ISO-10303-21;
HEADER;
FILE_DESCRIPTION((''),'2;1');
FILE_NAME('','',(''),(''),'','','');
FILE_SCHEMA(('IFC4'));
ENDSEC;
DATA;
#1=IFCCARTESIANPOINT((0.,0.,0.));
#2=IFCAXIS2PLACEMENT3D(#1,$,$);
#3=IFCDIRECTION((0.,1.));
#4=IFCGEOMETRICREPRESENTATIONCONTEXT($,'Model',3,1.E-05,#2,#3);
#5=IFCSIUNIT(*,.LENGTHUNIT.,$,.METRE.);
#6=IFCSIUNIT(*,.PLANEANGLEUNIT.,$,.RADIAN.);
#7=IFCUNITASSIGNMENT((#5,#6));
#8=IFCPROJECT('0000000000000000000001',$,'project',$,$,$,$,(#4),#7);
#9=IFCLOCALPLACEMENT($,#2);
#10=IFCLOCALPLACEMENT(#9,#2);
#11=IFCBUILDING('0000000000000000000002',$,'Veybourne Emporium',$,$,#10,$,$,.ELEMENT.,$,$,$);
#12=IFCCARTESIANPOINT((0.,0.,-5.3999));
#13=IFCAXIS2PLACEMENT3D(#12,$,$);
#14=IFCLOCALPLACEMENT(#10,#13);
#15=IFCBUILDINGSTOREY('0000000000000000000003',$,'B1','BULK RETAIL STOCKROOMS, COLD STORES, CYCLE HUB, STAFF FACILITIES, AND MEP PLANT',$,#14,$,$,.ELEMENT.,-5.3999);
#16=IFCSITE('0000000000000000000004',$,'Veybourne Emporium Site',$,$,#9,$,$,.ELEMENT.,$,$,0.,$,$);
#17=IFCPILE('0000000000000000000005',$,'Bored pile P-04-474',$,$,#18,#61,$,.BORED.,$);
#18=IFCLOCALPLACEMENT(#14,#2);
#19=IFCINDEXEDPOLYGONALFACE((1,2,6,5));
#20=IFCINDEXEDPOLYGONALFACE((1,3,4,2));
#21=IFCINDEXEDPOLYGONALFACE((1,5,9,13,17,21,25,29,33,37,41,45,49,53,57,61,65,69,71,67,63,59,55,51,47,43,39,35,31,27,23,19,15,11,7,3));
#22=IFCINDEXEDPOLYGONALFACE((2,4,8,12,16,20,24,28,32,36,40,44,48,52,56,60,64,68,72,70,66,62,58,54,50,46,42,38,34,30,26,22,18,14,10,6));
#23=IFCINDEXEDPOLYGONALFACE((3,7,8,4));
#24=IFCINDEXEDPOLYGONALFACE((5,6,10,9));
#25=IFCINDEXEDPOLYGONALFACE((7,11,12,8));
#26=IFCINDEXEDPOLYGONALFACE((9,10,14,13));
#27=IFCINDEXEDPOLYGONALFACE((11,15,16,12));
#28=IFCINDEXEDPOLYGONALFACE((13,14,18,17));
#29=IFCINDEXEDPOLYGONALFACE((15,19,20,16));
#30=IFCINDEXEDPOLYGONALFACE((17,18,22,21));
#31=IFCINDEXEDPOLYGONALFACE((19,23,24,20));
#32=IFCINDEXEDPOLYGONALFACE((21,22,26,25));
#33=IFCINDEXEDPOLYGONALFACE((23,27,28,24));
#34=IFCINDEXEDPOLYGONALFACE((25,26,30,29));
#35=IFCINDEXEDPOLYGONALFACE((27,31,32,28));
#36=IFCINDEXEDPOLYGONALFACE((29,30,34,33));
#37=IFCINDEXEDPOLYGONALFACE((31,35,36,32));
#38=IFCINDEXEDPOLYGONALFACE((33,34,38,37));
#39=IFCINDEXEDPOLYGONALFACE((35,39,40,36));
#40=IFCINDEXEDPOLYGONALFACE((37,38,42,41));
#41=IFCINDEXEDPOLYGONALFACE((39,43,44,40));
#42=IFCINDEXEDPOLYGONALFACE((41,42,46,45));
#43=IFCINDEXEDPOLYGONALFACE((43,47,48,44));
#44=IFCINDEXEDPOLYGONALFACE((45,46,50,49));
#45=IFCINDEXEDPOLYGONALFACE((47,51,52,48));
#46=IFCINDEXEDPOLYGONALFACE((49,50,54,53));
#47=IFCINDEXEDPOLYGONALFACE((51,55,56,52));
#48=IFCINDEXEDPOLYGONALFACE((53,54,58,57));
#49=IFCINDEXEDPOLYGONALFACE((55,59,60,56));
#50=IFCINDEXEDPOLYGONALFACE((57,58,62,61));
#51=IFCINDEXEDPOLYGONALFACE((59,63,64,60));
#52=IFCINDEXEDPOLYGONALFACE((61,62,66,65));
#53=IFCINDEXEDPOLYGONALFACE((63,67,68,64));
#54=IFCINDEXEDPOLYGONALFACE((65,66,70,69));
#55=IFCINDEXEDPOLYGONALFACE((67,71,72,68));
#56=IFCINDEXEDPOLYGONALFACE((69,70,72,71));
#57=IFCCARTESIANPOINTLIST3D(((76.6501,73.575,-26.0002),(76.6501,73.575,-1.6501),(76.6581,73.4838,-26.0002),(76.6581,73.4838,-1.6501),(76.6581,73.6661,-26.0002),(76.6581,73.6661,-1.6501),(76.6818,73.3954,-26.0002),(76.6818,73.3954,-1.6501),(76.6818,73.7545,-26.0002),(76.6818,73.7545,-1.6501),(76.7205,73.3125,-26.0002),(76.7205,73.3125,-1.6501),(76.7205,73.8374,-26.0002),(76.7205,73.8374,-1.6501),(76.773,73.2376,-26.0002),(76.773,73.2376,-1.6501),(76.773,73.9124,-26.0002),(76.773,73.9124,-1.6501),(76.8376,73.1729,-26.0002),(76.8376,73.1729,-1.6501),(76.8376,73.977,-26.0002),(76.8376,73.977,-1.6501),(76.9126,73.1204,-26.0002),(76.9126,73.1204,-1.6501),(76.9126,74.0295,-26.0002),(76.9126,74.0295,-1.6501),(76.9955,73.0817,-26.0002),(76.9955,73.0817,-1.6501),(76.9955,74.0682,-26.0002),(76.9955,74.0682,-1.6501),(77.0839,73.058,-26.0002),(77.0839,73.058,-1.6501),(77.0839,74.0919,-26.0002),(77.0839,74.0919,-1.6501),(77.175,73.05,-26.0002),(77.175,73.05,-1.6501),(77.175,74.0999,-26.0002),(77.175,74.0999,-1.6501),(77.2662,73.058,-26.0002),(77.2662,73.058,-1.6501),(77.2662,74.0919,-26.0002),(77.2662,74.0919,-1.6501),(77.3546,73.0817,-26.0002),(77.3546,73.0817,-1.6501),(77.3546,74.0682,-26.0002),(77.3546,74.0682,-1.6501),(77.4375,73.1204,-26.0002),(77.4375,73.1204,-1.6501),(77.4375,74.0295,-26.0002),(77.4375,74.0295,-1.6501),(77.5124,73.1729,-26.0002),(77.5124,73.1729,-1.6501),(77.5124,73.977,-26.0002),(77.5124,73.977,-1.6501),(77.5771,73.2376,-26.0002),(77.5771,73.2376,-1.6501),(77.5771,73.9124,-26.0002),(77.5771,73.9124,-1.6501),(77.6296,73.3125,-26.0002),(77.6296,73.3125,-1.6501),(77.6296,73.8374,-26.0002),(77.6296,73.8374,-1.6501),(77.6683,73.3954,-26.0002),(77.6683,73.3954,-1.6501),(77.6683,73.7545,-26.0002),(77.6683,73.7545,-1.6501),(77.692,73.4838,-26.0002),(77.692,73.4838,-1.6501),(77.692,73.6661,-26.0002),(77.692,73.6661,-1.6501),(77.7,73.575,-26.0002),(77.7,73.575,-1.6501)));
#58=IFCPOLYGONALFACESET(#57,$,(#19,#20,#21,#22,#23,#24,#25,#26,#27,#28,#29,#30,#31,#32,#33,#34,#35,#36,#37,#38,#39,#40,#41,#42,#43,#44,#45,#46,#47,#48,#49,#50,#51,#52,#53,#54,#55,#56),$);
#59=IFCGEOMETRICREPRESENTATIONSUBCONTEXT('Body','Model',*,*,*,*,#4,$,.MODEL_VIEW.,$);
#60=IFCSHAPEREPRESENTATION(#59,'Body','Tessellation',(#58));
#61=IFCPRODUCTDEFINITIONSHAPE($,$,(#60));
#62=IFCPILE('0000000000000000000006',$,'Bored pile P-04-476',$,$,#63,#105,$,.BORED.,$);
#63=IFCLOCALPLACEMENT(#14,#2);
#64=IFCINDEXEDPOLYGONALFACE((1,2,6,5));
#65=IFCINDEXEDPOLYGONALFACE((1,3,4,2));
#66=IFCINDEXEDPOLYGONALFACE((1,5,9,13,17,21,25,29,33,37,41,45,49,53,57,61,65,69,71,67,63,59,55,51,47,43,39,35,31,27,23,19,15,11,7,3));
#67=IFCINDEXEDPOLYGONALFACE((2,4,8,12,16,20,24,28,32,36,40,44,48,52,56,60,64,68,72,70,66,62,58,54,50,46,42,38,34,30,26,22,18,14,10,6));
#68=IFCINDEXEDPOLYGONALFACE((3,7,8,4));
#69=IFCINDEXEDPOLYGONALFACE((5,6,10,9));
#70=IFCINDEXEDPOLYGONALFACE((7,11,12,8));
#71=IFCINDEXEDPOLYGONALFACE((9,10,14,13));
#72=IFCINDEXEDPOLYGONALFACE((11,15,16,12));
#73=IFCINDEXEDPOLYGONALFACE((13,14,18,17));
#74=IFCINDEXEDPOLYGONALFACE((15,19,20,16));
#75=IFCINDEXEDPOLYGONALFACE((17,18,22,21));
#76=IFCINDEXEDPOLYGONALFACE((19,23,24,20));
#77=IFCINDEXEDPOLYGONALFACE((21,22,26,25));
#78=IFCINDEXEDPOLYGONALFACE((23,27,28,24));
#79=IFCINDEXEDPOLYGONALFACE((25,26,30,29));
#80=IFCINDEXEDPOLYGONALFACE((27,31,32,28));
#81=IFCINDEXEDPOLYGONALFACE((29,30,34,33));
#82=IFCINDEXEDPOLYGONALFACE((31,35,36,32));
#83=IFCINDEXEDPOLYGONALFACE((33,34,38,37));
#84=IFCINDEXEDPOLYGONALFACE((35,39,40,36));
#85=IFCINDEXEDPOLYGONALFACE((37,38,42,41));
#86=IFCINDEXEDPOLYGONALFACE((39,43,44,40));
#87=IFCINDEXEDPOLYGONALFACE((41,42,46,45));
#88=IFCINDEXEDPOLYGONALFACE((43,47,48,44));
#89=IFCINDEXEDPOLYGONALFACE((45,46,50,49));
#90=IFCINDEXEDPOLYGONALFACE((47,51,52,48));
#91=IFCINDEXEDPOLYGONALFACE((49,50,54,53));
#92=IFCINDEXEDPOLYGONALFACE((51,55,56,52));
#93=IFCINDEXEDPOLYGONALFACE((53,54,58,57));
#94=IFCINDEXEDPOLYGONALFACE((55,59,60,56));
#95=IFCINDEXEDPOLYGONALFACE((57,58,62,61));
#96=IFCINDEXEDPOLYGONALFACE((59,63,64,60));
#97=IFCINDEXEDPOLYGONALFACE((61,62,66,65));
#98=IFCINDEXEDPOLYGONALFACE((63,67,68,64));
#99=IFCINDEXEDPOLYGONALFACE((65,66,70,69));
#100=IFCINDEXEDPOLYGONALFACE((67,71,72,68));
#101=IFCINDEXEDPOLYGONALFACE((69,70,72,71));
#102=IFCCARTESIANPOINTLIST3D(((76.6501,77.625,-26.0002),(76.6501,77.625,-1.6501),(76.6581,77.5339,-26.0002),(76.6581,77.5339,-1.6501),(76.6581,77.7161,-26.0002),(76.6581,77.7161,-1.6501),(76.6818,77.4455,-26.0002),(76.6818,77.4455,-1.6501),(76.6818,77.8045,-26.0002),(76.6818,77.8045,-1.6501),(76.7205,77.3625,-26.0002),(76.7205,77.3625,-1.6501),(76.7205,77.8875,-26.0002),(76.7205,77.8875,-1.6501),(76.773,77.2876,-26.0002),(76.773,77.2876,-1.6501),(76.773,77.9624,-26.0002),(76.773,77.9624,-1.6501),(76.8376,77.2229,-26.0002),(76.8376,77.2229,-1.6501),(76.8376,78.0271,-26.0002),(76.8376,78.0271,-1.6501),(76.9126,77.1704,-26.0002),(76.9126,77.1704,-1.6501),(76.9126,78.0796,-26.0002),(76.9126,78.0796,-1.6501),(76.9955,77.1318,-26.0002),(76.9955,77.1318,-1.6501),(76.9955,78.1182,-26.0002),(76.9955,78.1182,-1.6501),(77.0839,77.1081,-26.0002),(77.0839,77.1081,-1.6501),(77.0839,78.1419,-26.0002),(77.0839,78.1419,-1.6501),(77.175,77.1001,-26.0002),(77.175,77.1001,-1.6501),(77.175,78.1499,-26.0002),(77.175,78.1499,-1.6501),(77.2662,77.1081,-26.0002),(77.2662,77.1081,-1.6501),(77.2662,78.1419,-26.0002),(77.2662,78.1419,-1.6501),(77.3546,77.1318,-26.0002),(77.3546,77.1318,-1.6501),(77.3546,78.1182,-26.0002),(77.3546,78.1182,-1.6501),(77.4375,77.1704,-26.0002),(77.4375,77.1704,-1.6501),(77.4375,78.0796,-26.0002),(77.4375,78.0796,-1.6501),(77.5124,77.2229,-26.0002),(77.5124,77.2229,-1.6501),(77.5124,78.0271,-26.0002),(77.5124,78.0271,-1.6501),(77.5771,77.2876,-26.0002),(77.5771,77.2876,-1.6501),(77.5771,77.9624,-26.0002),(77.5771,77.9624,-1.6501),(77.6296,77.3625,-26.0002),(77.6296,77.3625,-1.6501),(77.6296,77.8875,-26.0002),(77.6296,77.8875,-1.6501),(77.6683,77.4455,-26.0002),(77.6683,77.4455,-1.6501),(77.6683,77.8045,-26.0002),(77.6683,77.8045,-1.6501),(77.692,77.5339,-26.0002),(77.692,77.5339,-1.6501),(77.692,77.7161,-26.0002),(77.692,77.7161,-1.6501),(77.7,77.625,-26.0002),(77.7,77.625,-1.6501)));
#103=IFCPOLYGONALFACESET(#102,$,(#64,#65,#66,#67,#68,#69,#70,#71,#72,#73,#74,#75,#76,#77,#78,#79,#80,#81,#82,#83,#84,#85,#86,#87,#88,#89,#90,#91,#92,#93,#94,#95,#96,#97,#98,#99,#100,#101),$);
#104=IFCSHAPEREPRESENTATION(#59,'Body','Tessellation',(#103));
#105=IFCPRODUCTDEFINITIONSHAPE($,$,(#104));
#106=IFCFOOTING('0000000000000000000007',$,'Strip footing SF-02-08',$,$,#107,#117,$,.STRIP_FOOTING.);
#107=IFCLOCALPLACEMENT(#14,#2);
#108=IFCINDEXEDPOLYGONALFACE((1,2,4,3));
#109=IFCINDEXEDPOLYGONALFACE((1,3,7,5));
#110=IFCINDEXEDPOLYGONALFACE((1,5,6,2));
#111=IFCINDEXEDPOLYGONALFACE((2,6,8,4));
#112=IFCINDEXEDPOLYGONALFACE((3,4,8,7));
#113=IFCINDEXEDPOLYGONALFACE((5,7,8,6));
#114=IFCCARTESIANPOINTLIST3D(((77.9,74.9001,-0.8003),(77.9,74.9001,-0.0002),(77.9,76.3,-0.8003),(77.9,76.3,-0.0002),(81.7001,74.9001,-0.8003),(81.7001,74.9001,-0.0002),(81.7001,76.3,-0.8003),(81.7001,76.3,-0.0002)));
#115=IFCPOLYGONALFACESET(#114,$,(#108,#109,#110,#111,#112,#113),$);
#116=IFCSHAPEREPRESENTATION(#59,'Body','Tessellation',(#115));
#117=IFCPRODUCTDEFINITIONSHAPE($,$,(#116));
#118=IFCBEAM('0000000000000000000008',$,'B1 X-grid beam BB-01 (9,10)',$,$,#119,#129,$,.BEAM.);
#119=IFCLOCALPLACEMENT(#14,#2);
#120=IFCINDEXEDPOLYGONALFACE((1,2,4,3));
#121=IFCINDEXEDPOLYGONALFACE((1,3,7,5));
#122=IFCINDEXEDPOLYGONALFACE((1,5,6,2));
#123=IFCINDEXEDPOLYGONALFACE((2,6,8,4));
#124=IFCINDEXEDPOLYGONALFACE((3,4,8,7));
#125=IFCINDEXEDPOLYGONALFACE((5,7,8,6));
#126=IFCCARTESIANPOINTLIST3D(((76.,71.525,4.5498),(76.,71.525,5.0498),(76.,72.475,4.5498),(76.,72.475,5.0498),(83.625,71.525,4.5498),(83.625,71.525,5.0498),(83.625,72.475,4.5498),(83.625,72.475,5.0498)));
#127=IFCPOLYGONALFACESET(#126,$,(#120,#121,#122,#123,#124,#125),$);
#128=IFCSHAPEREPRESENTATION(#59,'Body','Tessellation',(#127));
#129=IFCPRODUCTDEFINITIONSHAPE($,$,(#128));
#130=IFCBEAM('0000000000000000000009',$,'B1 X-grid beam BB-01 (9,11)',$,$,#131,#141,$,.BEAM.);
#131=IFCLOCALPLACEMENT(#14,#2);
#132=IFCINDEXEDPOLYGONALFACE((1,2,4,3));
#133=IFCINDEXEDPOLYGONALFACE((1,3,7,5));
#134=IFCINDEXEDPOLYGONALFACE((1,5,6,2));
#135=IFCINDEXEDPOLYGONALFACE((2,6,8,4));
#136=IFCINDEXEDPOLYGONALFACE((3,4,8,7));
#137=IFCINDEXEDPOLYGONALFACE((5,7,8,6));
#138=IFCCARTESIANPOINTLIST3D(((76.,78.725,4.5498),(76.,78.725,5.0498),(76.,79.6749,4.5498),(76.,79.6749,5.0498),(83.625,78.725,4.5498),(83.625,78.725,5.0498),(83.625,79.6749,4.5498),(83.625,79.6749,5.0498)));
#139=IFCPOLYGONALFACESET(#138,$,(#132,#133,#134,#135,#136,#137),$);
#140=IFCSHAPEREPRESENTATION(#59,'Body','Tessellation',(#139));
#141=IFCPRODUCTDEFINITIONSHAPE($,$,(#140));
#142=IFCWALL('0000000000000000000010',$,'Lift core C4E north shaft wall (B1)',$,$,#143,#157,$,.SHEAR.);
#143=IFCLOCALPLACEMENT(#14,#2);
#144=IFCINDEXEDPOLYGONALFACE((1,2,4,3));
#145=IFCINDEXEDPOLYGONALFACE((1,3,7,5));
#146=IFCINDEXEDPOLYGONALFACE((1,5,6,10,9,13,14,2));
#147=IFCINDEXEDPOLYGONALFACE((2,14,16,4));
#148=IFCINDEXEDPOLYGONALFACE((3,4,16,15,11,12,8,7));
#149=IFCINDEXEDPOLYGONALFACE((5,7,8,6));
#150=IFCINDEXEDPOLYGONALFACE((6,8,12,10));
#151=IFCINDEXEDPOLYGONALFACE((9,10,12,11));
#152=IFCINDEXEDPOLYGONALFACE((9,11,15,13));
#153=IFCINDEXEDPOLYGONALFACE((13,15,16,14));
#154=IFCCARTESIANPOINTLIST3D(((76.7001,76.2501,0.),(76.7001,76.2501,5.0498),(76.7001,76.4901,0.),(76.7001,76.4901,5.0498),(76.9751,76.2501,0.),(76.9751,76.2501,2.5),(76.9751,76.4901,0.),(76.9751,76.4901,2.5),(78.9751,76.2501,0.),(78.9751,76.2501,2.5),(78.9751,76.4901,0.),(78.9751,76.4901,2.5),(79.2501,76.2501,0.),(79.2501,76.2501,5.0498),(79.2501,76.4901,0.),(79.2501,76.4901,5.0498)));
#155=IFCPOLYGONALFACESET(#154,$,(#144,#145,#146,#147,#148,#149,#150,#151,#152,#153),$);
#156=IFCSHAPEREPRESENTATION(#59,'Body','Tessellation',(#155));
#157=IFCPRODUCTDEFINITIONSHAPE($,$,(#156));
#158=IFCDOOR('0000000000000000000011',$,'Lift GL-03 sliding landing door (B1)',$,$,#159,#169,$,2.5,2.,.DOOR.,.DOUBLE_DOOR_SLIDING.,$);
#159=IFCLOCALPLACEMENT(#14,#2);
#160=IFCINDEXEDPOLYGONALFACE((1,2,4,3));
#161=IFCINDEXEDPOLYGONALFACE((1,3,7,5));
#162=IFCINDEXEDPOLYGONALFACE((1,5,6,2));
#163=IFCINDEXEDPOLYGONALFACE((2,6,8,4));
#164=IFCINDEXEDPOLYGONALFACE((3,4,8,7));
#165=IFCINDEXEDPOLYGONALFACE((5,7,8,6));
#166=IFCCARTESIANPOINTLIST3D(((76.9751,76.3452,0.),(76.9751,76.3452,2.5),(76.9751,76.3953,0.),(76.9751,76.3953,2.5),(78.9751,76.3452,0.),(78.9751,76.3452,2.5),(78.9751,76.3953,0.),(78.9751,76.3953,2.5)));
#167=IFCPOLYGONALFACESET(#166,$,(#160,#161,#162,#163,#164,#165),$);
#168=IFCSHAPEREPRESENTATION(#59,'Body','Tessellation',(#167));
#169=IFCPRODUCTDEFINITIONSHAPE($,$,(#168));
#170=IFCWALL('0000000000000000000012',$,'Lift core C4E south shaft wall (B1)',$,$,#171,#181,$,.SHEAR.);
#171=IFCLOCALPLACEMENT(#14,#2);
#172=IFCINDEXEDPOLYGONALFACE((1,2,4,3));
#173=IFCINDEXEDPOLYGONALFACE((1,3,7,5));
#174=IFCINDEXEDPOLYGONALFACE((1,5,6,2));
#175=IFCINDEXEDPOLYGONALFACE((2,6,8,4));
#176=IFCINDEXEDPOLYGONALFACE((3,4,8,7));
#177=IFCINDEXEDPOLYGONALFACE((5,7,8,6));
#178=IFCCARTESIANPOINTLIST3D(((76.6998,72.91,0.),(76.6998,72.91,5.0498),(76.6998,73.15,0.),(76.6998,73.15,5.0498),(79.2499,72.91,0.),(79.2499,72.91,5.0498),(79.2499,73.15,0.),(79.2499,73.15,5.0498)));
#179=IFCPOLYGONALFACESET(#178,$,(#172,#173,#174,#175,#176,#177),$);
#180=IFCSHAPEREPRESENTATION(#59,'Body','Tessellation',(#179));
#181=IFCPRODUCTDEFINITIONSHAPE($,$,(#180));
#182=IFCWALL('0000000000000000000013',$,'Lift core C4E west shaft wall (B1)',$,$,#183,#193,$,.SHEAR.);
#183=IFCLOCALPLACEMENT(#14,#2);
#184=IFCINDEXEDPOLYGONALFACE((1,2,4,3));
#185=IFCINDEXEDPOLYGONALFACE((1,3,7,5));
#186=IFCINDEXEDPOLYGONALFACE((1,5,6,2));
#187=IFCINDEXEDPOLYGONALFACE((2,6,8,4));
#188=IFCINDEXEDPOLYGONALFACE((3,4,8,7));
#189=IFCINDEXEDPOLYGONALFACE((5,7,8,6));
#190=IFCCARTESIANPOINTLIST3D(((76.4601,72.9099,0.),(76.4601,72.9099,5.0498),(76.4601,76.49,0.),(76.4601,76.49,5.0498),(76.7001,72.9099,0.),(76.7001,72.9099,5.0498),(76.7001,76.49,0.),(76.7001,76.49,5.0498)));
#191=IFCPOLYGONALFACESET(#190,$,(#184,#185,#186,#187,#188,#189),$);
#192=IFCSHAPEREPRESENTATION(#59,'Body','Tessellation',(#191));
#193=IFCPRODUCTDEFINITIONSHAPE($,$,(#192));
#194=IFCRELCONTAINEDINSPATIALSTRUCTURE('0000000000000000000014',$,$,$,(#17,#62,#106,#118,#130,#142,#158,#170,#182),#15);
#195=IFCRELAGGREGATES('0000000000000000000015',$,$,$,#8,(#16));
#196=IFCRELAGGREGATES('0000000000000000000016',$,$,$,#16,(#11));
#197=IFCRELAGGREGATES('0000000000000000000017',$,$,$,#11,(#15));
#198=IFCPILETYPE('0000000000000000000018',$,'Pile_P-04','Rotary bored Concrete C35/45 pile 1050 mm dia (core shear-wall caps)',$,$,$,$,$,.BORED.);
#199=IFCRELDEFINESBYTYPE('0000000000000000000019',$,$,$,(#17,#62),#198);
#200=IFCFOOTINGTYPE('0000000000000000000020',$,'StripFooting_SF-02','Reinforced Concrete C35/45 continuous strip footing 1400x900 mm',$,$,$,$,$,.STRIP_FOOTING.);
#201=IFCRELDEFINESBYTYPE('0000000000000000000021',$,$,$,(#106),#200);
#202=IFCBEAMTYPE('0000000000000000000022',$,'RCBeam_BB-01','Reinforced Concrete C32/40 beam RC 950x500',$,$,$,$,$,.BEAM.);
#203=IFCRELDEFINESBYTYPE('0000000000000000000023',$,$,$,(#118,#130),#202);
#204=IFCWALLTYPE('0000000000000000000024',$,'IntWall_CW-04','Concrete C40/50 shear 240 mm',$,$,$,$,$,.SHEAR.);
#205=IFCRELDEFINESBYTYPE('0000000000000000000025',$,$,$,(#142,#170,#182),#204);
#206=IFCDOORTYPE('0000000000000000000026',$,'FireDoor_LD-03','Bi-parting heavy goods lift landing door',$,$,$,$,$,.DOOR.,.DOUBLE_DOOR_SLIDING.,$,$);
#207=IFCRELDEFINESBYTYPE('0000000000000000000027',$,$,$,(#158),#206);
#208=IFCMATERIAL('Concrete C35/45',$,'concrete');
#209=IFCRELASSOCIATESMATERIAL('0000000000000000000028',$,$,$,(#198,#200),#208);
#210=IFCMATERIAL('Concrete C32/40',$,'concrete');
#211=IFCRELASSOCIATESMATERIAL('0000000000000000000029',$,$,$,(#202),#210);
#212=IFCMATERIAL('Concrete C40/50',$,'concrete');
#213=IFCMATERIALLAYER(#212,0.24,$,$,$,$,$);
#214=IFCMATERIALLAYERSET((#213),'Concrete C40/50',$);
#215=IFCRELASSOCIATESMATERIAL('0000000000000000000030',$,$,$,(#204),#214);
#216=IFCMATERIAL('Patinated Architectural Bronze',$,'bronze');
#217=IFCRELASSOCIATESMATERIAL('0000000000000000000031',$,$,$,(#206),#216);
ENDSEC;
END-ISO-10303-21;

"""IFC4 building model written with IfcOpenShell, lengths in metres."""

from ifc_helpers import new_model, si_unit, direction, frame, frame_2d, origin, origin_2d, place, context, subcontext, project, spatial, rectangle, circle, extrude, material, layer, layer_set, material_profile, profile_set, type_object, element, fill, save


model = new_model("IFC4")

# Units and contexts
model_context = context("Model", 3, precision=1e-05, world=origin(), true_north=direction((0.0, 1.0)))
body_context = subcontext(model_context, "Body", "Model", "MODEL_VIEW")
ifc_project = project(units=[si_unit("LENGTHUNIT", "METRE"), si_unit("PLANEANGLEUNIT", "RADIAN")], contexts=[model_context])

# Site, building, storey
site_placement = place(None, origin())
site = spatial("IfcSite", under=ifc_project, at=site_placement, Name="Veybourne Emporium Site", CompositionType="ELEMENT", RefElevation=0.0)
building_placement = place(site_placement, origin())
building = spatial("IfcBuilding", under=site, at=building_placement, Name="Veybourne Emporium", CompositionType="ELEMENT")
storey_placement = place(building_placement, frame((0.0, 0.0, -5.3999)))
storey = spatial("IfcBuildingStorey", under=building, at=storey_placement, Name="B1", Description="BULK RETAIL STOCKROOMS, COLD STORES, CYCLE HUB, STAFF FACILITIES, AND MEP PLANT", CompositionType="ELEMENT", Elevation=-5.3999)

# Shared definitions
ifc_material_1 = material(Name="Concrete C35/45", Category="concrete")

# Piles
ifc_material_profile_1 = material_profile(ifc_material_1, circle(Radius=0.5249, at=origin_2d()), Name="BORED PILE 1050")
ifc_profile_set_1 = profile_set([ifc_material_profile_1], Name="Concrete C35/45")
pile_type_1 = type_object("IfcPileType", Name="Pile_P-04", Description="Rotary bored Concrete C35/45 pile 1050 mm dia (core shear-wall caps)", PredefinedType="BORED", material=ifc_profile_set_1)
for number, where, z_axis, x_axis, name in (
    (1, (77.175, 73.575, -1.6501), (0.0, 0.0, -1.0), (1.0, 0.0, 0.0), "Bored pile P-04-474"),
    (2, (77.175, 77.625, -1.6501), (0.0, 0.0, -1.0), (1.0, 0.0, 0.0), "Bored pile P-04-476"),
):
    element("IfcPile", number, at=place(storey_placement, frame(where, z_axis=z_axis, x_axis=x_axis)), inside=storey, type_object=pile_type_1, Name=name, PredefinedType="BORED", context=body_context, shape_type="SweptSolid", body=[
        extrude(circle(Radius=0.5249, at=origin_2d()), origin(), (0.0, 0.0, 1.0), 24.3501),
    ])

# Footing
footing_type_1 = type_object("IfcFootingType", Name="StripFooting_SF-02", Description="Reinforced Concrete C35/45 continuous strip footing 1400x900 mm", PredefinedType="STRIP_FOOTING", material=ifc_material_1)
footing_placement = place(storey_placement, frame((79.8, 75.6001, -0.8003), z_axis=(0.0, 0.0, 1.0), x_axis=(1.0, 0.0, 0.0)))
element("IfcFooting", 3, at=footing_placement, inside=storey, type_object=footing_type_1, Name="Strip footing SF-02-08", PredefinedType="STRIP_FOOTING", context=body_context, shape_type="SweptSolid", body=[
    extrude(rectangle(XDim=3.8, YDim=1.3999, at=origin_2d()), origin(), (0.0, 0.0, 1.0), 0.8),
])

# Beams
ifc_material_2 = material(Name="Concrete C32/40", Category="concrete")
ifc_material_profile_2 = material_profile(ifc_material_2, rectangle(XDim=0.95, YDim=0.5, at=origin_2d()), Name="RC 950x500")
ifc_profile_set_2 = profile_set([ifc_material_profile_2], Name="Concrete C32/40")
beam_type = type_object("IfcBeamType", Name="RCBeam_BB-01", Description="Reinforced Concrete C32/40 beam RC 950x500", PredefinedType="BEAM", material=ifc_profile_set_2)
for number, where, z_axis, x_axis, name in (
    (4, (76.0, 72.0, 4.7998), (1.0, 0.0, 0.0), (0.0, 1.0, 0.0), "B1 X-grid beam BB-01 (9,10)"),
    (5, (76.0, 79.2, 4.7998), (1.0, 0.0, 0.0), (0.0, 1.0, 0.0), "B1 X-grid beam BB-01 (9,11)"),
):
    element("IfcBeam", number, at=place(storey_placement, frame(where, z_axis=z_axis, x_axis=x_axis)), inside=storey, type_object=beam_type, Name=name, PredefinedType="BEAM", context=body_context, shape_type="SweptSolid", body=[
        extrude(rectangle(XDim=0.95, YDim=0.5, at=origin_2d()), origin(), (0.0, 0.0, 1.0), 7.625),
    ])

# Wall, opening, door
ifc_material_3 = material(Name="Concrete C40/50", Category="concrete")
ifc_layer_1 = layer(ifc_material_3, 0.24)
ifc_layer_set_1 = layer_set([ifc_layer_1], Name="Concrete C40/50")
wall_type_1 = type_object("IfcWallType", Name="IntWall_CW-04", Description="Concrete C40/50 shear 240 mm", PredefinedType="SHEAR", material=ifc_layer_set_1)
wall_1_placement = place(storey_placement, frame((79.25, 76.3701, 0.0), z_axis=(0.0, 0.0, 1.0), x_axis=(-1.0, 0.0, 0.0)))
wall_1 = element("IfcWall", 6, at=wall_1_placement, inside=storey, type_object=wall_type_1, Name="Lift core C4E north shaft wall (B1)", PredefinedType="SHEAR", context=body_context, shape_type="SweptSolid", body=[
    extrude(rectangle(XDim=2.55, YDim=0.24, at=frame_2d((1.2749, 0.0))), origin(), (0.0, 0.0, 1.0), 5.0498),
])
opening_1_placement = place(wall_1_placement, frame((0.2749, 0.0, 0.0)))
opening_1 = element("IfcOpeningElement", 7, at=opening_1_placement, cuts=wall_1, PredefinedType="OPENING", context=body_context, shape_type="SweptSolid", body=[
    extrude(rectangle(XDim=2.0, YDim=2.5, at=frame_2d((1.0, 1.25))), frame((0.0, 0.1401, 0.0), z_axis=(0.0, -1.0, 0.0), x_axis=(1.0, 0.0, 0.0)), (0.0, 0.0, 1.0), 0.28),
])
ifc_material_4 = material(Name="Patinated Architectural Bronze", Category="bronze")
door_type_1 = type_object("IfcDoorType", Name="FireDoor_LD-03", Description="Bi-parting heavy goods lift landing door", OperationType="DOUBLE_DOOR_SLIDING", PredefinedType="DOOR", material=ifc_material_4)
door_1_placement = place(opening_1_placement, origin())
door_1 = element("IfcDoor", 8, at=door_1_placement, inside=storey, type_object=door_type_1, Name="Lift GL-03 sliding landing door (B1)", OperationType="DOUBLE_DOOR_SLIDING", OverallHeight=2.5, OverallWidth=2.0, PredefinedType="DOOR", context=body_context, shape_type="SweptSolid", body=[
    extrude(rectangle(XDim=2.0, YDim=2.5, at=frame_2d((1.0, 1.25))), frame((0.0, 0.0249, 0.0), z_axis=(0.0, -1.0, 0.0), x_axis=(1.0, 0.0, 0.0)), (0.0, 0.0, 1.0), 0.05),
])
fill(opening_1, door_1)

# Walls
wall_2_placement = place(storey_placement, frame((76.7, 73.03, 0.0), z_axis=(0.0, 0.0, 1.0), x_axis=(1.0, 0.0, 0.0)))
element("IfcWall", 9, at=wall_2_placement, inside=storey, type_object=wall_type_1, Name="Lift core C4E south shaft wall (B1)", PredefinedType="SHEAR", context=body_context, shape_type="SweptSolid", body=[
    extrude(rectangle(XDim=2.55, YDim=0.24, at=frame_2d((1.2749, 0.0))), origin(), (0.0, 0.0, 1.0), 5.0498),
])
for number, where, z_axis, x_axis, name in (
    (10, (76.5801, 76.49, 0.0), (0.0, 0.0, 1.0), (0.0, -1.0, 0.0), "Lift core C4E west shaft wall (B1)"),
):
    element("IfcWall", number, at=place(storey_placement, frame(where, z_axis=z_axis, x_axis=x_axis)), inside=storey, type_object=wall_type_1, Name=name, PredefinedType="SHEAR", context=body_context, shape_type="SweptSolid", body=[
        extrude(rectangle(XDim=3.5801, YDim=0.24, at=frame_2d((1.79, 0.0))), origin(), (0.0, 0.0, 1.0), 5.0498),
    ])

save(model, "model.ifc")
